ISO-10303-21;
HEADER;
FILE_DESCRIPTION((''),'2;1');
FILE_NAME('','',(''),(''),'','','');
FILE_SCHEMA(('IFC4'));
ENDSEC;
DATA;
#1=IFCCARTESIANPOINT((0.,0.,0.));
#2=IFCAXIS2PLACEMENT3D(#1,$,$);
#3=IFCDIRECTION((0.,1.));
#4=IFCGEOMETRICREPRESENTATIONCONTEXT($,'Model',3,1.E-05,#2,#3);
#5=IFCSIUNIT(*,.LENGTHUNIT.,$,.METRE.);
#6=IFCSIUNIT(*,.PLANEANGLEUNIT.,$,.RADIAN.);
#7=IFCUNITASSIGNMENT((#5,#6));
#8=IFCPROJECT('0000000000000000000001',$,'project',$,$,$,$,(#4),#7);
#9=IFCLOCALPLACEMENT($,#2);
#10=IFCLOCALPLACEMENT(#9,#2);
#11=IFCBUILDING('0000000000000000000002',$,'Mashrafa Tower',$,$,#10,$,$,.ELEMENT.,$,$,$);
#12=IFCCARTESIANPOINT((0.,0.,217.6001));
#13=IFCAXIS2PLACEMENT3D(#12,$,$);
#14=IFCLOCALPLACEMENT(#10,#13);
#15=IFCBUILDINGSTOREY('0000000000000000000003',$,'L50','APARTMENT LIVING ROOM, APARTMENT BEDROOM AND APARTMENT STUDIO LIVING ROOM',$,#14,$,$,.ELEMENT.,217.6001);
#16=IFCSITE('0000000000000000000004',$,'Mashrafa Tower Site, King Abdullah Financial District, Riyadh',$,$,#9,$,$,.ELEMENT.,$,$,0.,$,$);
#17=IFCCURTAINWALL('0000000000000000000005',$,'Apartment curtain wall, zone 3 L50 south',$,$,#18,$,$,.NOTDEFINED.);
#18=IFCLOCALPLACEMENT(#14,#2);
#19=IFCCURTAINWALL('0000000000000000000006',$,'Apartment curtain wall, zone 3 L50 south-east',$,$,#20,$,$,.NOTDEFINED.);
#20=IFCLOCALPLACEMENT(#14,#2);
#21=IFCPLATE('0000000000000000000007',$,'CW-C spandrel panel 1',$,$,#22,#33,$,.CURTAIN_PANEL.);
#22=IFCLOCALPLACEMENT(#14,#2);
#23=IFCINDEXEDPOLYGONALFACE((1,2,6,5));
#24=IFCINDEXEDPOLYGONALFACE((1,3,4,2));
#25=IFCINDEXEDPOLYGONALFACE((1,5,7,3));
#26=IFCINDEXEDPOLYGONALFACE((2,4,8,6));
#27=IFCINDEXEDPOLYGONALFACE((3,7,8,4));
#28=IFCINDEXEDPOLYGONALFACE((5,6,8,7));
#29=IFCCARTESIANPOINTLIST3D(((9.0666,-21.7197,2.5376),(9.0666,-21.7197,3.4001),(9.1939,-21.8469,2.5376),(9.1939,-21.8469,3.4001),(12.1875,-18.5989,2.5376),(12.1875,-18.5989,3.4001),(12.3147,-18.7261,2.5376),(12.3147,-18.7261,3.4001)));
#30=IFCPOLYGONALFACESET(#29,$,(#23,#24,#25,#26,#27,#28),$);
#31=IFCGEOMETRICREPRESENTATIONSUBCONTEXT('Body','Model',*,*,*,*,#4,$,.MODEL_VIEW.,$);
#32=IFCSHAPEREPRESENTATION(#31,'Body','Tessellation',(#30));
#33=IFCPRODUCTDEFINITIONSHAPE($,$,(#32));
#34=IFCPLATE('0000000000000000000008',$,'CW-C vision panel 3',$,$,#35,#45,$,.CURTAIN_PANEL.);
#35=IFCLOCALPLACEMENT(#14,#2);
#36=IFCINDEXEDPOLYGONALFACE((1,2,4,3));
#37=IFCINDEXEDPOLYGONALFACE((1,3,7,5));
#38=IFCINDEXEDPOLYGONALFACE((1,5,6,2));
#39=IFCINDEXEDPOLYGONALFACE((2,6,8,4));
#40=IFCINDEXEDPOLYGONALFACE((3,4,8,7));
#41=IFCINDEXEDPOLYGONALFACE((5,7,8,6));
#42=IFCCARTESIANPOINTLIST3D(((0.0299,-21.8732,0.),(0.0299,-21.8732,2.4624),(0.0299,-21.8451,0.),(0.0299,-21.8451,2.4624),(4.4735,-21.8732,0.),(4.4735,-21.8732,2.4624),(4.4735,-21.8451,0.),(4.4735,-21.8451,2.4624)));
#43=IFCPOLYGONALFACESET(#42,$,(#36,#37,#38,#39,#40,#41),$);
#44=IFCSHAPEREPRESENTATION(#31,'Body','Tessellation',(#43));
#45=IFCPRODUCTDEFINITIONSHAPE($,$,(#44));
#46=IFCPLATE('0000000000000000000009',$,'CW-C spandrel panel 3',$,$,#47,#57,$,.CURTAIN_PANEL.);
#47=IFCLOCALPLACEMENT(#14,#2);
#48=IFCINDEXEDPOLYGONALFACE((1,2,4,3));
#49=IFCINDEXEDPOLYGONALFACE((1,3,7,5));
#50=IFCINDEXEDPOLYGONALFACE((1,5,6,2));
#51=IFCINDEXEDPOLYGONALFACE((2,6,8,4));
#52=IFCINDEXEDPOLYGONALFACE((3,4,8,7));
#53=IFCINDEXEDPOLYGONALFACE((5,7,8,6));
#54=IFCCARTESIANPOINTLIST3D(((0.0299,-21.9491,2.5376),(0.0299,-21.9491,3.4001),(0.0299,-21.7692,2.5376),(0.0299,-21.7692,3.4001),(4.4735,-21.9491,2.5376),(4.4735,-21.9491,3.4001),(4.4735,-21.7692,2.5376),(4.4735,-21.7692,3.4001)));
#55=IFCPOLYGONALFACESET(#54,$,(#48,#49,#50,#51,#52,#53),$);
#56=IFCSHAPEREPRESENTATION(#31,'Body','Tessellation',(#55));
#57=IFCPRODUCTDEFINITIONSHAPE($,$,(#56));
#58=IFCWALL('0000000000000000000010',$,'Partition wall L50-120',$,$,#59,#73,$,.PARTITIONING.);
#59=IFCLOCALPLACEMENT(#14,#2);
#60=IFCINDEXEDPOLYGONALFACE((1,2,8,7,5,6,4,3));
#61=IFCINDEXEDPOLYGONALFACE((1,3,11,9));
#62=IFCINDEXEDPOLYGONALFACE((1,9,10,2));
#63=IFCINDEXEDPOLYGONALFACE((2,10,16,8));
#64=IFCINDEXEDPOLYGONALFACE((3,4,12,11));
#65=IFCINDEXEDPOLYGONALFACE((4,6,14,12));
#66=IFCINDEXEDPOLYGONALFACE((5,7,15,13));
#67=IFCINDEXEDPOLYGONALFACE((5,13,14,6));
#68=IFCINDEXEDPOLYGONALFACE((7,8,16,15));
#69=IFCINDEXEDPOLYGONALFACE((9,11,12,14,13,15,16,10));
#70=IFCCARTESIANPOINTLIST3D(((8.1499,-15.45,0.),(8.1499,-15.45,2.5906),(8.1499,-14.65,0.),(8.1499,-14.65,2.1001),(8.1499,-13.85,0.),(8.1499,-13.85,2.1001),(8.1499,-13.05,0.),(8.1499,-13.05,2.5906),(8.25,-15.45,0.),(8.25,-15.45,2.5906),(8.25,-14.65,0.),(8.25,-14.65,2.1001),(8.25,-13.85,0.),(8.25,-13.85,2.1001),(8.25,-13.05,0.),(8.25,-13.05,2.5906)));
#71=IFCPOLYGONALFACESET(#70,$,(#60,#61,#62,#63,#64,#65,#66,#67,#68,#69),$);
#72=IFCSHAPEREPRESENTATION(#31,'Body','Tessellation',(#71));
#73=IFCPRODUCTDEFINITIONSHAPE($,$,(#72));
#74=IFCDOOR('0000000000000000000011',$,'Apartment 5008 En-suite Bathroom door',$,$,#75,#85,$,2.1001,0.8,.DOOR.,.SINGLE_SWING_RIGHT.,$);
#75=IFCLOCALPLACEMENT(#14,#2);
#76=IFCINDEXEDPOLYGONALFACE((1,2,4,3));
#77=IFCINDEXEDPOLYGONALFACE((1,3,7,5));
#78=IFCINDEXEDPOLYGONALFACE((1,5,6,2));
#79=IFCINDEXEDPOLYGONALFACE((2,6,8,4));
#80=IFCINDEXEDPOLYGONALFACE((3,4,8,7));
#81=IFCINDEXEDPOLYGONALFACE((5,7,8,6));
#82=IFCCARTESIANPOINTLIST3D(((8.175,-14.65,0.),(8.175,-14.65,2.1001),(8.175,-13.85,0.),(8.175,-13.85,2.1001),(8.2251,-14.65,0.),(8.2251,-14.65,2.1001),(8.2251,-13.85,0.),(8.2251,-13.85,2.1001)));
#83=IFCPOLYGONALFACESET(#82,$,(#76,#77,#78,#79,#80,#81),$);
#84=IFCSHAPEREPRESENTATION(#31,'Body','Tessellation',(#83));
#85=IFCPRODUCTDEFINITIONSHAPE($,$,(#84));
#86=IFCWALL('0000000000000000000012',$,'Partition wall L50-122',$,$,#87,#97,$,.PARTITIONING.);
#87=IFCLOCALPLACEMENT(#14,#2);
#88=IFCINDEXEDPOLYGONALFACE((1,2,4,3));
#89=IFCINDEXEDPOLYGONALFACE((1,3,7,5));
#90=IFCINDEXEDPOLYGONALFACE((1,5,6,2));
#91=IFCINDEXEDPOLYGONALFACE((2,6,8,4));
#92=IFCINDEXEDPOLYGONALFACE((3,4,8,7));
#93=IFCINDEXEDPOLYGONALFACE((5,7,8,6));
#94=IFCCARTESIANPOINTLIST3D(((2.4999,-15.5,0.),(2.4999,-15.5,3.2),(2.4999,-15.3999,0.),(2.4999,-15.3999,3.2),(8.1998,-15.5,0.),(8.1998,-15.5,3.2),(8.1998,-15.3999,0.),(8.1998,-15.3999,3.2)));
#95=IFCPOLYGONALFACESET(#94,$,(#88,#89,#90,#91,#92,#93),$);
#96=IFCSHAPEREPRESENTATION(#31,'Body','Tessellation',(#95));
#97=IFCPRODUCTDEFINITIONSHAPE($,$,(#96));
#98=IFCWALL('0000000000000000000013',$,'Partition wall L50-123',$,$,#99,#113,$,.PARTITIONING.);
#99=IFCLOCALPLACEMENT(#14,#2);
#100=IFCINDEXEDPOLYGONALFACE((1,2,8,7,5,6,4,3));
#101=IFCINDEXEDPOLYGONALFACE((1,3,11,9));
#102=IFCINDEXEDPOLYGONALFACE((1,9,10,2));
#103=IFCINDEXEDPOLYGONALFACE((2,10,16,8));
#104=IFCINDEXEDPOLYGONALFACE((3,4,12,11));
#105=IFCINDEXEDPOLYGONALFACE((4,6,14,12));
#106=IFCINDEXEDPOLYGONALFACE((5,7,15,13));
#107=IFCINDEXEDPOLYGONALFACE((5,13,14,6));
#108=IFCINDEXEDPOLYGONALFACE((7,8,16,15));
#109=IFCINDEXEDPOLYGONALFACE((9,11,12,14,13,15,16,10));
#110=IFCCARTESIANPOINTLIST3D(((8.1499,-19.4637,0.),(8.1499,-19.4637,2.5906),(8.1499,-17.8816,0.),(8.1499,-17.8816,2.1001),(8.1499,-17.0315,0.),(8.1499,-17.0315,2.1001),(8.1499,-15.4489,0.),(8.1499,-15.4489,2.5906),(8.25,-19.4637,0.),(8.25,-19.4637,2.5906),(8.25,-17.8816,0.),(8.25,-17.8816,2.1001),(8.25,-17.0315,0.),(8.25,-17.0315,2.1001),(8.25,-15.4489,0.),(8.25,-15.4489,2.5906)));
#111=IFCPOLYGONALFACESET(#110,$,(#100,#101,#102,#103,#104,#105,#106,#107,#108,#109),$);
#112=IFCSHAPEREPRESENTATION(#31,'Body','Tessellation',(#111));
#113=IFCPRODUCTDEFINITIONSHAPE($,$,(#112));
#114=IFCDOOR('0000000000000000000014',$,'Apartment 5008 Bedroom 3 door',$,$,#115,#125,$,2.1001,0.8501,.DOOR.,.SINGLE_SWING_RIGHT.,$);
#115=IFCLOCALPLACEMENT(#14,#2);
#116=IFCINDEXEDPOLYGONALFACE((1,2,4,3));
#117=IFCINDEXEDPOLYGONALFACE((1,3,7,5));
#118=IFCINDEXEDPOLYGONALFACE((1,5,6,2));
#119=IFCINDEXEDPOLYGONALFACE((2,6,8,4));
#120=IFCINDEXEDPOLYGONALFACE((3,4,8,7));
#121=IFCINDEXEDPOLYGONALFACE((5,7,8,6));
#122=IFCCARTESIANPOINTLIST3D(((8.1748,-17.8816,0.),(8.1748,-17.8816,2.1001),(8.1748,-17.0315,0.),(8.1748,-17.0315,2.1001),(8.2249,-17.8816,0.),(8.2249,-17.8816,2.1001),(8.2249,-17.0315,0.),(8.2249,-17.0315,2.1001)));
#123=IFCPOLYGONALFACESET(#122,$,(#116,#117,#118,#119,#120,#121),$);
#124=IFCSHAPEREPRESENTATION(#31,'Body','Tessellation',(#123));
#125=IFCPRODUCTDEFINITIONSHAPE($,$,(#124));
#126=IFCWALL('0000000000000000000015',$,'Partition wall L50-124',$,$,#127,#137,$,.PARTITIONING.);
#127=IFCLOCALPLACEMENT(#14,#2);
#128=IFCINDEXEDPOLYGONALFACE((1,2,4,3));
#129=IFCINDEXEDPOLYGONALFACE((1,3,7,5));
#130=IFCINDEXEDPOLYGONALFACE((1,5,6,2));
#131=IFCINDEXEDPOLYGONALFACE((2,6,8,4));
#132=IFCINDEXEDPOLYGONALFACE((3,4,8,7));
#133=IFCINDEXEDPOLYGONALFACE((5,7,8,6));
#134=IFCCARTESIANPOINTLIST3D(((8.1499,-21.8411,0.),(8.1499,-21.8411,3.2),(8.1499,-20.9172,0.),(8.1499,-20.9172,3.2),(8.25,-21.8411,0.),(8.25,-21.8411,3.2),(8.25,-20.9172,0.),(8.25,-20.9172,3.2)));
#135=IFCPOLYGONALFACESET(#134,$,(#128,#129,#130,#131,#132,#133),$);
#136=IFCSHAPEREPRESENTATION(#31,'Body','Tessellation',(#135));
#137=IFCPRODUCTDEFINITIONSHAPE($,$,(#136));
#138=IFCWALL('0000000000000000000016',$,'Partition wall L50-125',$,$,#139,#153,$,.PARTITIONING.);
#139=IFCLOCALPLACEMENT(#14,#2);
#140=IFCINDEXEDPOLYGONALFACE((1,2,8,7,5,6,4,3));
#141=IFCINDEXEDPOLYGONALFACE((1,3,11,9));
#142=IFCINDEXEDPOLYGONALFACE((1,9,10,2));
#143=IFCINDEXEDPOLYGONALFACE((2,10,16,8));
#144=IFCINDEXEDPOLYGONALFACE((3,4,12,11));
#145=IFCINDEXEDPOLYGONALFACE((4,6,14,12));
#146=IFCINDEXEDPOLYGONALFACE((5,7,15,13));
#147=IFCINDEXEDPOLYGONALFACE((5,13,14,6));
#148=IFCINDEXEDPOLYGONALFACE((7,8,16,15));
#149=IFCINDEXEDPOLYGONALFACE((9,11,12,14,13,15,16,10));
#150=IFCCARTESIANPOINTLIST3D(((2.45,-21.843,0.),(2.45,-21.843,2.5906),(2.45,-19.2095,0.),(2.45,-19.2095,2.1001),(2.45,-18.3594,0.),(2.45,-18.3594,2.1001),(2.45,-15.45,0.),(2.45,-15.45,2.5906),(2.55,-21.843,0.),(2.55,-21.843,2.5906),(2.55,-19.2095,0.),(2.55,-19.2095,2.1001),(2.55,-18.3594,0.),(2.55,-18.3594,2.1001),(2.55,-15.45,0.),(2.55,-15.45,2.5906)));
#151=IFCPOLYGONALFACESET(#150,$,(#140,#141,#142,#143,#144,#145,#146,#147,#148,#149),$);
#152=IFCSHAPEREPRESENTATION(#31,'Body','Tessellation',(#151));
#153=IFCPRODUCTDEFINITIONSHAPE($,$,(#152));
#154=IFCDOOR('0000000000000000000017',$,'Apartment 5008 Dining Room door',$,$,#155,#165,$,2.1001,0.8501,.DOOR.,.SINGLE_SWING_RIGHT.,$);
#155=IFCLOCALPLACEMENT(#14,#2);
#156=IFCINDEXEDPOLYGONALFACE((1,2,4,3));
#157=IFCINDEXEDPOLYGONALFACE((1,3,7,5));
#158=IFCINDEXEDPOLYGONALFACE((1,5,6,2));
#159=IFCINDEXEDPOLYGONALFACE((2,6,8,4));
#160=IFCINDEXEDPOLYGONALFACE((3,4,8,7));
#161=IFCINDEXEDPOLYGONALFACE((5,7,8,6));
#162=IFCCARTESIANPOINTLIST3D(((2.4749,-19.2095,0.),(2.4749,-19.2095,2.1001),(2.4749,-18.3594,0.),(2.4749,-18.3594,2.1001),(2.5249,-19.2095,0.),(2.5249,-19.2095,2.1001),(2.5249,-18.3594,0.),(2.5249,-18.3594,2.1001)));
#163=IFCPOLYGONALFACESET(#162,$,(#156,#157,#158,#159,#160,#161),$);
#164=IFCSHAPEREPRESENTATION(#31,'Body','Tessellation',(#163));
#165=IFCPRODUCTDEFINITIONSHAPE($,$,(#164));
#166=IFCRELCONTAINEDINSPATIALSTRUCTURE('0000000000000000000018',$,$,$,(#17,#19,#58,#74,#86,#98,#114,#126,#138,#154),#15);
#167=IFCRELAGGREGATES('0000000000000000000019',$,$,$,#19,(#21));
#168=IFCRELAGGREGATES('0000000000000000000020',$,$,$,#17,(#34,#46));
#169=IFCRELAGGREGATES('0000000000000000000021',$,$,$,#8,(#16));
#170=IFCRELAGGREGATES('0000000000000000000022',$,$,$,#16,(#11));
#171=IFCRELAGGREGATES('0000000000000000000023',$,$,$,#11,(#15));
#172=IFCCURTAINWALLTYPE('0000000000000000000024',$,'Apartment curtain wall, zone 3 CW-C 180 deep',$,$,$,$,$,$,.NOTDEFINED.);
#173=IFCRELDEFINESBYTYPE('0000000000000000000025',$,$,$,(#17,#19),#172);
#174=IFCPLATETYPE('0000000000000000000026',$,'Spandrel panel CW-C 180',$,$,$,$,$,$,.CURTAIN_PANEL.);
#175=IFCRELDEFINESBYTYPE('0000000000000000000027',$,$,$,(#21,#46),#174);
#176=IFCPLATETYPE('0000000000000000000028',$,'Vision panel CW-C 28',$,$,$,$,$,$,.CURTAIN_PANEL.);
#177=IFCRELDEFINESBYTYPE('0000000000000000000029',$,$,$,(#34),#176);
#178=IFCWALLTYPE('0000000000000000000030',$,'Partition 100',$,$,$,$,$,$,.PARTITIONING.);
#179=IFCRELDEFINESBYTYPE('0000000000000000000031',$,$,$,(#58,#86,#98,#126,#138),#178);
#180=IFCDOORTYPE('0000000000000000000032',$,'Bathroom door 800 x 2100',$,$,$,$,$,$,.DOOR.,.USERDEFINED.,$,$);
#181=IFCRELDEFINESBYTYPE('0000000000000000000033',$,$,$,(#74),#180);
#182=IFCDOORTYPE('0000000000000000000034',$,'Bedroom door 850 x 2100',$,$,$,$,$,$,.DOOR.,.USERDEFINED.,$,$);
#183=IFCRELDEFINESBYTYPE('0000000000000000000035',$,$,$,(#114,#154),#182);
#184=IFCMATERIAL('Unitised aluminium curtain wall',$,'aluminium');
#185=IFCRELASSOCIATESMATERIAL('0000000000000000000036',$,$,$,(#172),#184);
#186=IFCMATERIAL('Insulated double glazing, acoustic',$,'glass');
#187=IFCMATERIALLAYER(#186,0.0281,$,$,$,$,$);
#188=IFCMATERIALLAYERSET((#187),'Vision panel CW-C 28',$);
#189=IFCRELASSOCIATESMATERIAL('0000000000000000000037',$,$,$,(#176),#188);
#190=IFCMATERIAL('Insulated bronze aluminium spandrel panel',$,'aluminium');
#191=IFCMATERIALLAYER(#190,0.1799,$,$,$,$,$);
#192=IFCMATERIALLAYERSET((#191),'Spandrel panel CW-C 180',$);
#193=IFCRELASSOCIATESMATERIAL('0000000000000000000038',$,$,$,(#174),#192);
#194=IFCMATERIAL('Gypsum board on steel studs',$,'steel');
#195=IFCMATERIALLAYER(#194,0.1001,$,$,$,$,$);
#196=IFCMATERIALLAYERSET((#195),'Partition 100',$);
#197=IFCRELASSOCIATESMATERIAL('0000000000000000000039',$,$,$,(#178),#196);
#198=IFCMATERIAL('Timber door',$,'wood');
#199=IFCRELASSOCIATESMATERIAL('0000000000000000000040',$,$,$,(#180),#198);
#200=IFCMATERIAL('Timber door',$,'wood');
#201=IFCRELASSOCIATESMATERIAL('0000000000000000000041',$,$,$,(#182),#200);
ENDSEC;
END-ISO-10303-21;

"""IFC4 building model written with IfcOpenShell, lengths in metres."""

from ifc_helpers import new_model, si_unit, direction, frame, frame_2d, origin, origin_2d, place, context, subcontext, project, spatial, rectangle, extrude, source, transform, mapped, material, layer, layer_set, type_object, type_shapes, element, fill, aggregate, save


model = new_model("IFC4")

# Units and contexts
model_context = context("Model", 3, precision=1e-05, world=origin(), true_north=direction((0.0, 1.0)))
body_context = subcontext(model_context, "Body", "Model", "MODEL_VIEW")
ifc_project = project(units=[si_unit("LENGTHUNIT", "METRE"), si_unit("PLANEANGLEUNIT", "RADIAN")], contexts=[model_context])

# Site, building, storey
site_placement = place(None, origin())
site = spatial("IfcSite", under=ifc_project, at=site_placement, Name="Mashrafa Tower Site, King Abdullah Financial District, Riyadh", CompositionType="ELEMENT", RefElevation=0.0)
building_placement = place(site_placement, origin())
building = spatial("IfcBuilding", under=site, at=building_placement, Name="Mashrafa Tower", CompositionType="ELEMENT")
storey_placement = place(building_placement, frame((0.0, 0.0, 217.6001)))
storey = spatial("IfcBuildingStorey", under=building, at=storey_placement, Name="L50", Description="APARTMENT LIVING ROOM, APARTMENT BEDROOM AND APARTMENT STUDIO LIVING ROOM", CompositionType="ELEMENT", Elevation=217.6001)

# Curtain wall
ifc_material_1 = material(Name="Unitised aluminium curtain wall", Category="aluminium")
curtain_wall_type = type_object("IfcCurtainWallType", Name="Apartment curtain wall, zone 3 CW-C 180 deep", PredefinedType="NOTDEFINED", material=ifc_material_1)
curtain_wall_1_placement = place(storey_placement, origin())
curtain_wall_1 = element("IfcCurtainWall", 1, at=curtain_wall_1_placement, inside=storey, type_object=curtain_wall_type, Name="Apartment curtain wall, zone 3 L50 south", PredefinedType="NOTDEFINED")

# Curtain wall
curtain_wall_2_placement = place(storey_placement, origin())
curtain_wall_2 = element("IfcCurtainWall", 2, at=curtain_wall_2_placement, inside=storey, type_object=curtain_wall_type, Name="Apartment curtain wall, zone 3 L50 south-east", PredefinedType="NOTDEFINED")

# Plates
ifc_material_2 = material(Name="Insulated double glazing, acoustic", Category="glass")
ifc_layer_1 = layer(ifc_material_2, 0.0281)
ifc_layer_set_1 = layer_set([ifc_layer_1], Name="Vision panel CW-C 28")
plate_type_1 = type_object("IfcPlateType", Name="Vision panel CW-C 28", PredefinedType="CURTAIN_PANEL", material=ifc_layer_set_1)
ifc_material_3 = material(Name="Insulated bronze aluminium spandrel panel", Category="aluminium")
ifc_layer_2 = layer(ifc_material_3, 0.1799)
ifc_layer_set_2 = layer_set([ifc_layer_2], Name="Spandrel panel CW-C 180")
plate_type_2 = type_object("IfcPlateType", Name="Spandrel panel CW-C 180", PredefinedType="CURTAIN_PANEL", material=ifc_layer_set_2)
shared_shape_1 = source(origin(), body_context, "Body", "SweptSolid", [
    extrude(rectangle(XDim=4.4136, YDim=0.1799, at=origin_2d()), origin(), (0.0, 0.0, 1.0), 0.8625),
])
plate_1_placement = place(storey_placement, frame((10.6907, -20.2229, 2.5376), z_axis=(0.0, 0.0, 1.0), x_axis=(0.707107, 0.707107, 0.0)))
plate_1 = element("IfcPlate", 3, at=plate_1_placement, type_object=plate_type_2, Name="CW-C spandrel panel 1", PredefinedType="CURTAIN_PANEL", context=body_context, shape_type="MappedRepresentation", body=[
    mapped(shared_shape_1, transform((0.0, 0.0, 0.0))),
])
aggregate(curtain_wall_2, [plate_1])
shared_shape_2 = source(origin(), body_context, "Body", "SweptSolid", [
    extrude(rectangle(XDim=4.4436, YDim=0.0281, at=origin_2d()), origin(), (0.0, 0.0, 1.0), 2.4624),
])
plate_2_placement = place(storey_placement, frame((2.2517, -21.8591, 0.0), z_axis=(0.0, 0.0, 1.0), x_axis=(1.0, 0.0, 0.0)))
plate_2 = element("IfcPlate", 4, at=plate_2_placement, type_object=plate_type_1, Name="CW-C vision panel 3", PredefinedType="CURTAIN_PANEL", context=body_context, shape_type="MappedRepresentation", body=[
    mapped(shared_shape_2, transform((0.0, 0.0, 0.0))),
])
shared_shape_3 = source(origin(), body_context, "Body", "SweptSolid", [
    extrude(rectangle(XDim=4.4436, YDim=0.1799, at=origin_2d()), origin(), (0.0, 0.0, 1.0), 0.8625),
])
type_shapes(plate_type_2, [shared_shape_1, shared_shape_3])
plate_3_placement = place(storey_placement, frame((2.2517, -21.8591, 2.5376), z_axis=(0.0, 0.0, 1.0), x_axis=(1.0, 0.0, 0.0)))
plate_3 = element("IfcPlate", 5, at=plate_3_placement, type_object=plate_type_2, Name="CW-C spandrel panel 3", PredefinedType="CURTAIN_PANEL", context=body_context, shape_type="MappedRepresentation", body=[
    mapped(shared_shape_3, transform((0.0, 0.0, 0.0))),
])
aggregate(curtain_wall_1, [plate_2, plate_3])

# Wall, opening, door
ifc_material_4 = material(Name="Gypsum board on steel studs", Category="steel")
ifc_layer_3 = layer(ifc_material_4, 0.1001)
ifc_layer_set_3 = layer_set([ifc_layer_3], Name="Partition 100")
wall_type = type_object("IfcWallType", Name="Partition 100", PredefinedType="PARTITIONING", material=ifc_layer_set_3)
wall_1_placement = place(storey_placement, frame((8.2, -15.45, 0.0), z_axis=(0.0, 0.0, 1.0), x_axis=(0.0, 1.0, 0.0)))
wall_1 = element("IfcWall", 6, at=wall_1_placement, inside=storey, type_object=wall_type, Name="Partition wall L50-120", PredefinedType="PARTITIONING", context=body_context, shape_type="SweptSolid", body=[
    extrude(rectangle(XDim=2.3999, YDim=0.1001, at=frame_2d((1.2, 0.0))), origin(), (0.0, 0.0, 1.0), 2.5906),
])
opening_1_placement = place(wall_1_placement, frame((0.8, 0.0, 0.0)))
opening_1 = element("IfcOpeningElement", 7, at=opening_1_placement, cuts=wall_1, PredefinedType="OPENING", context=body_context, shape_type="SweptSolid", body=[
    extrude(rectangle(XDim=0.8, YDim=2.1001, at=frame_2d((0.3999, 1.05))), frame((0.0, 0.0601, 0.0), z_axis=(0.0, -1.0, 0.0), x_axis=(1.0, 0.0, 0.0)), (0.0, 0.0, 1.0), 0.1201),
])
ifc_material_5 = material(Name="Timber door", Category="wood")
door_type_1 = type_object("IfcDoorType", Name="Bathroom door 800 x 2100", OperationType="USERDEFINED", PredefinedType="DOOR", material=ifc_material_5)
door_1_placement = place(opening_1_placement, origin())
door_1 = element("IfcDoor", 8, at=door_1_placement, inside=storey, type_object=door_type_1, Name="Apartment 5008 En-suite Bathroom door", OperationType="SINGLE_SWING_RIGHT", OverallHeight=2.1001, OverallWidth=0.8, PredefinedType="DOOR", context=body_context, shape_type="SweptSolid", body=[
    extrude(rectangle(XDim=0.8, YDim=2.1001, at=frame_2d((0.3999, 1.05))), frame((0.0, 0.0249, 0.0), z_axis=(0.0, -1.0, 0.0), x_axis=(1.0, 0.0, 0.0)), (0.0, 0.0, 1.0), 0.05),
])
fill(opening_1, door_1)

# Wall
wall_2_placement = place(storey_placement, frame((8.2, -15.45, 0.0), z_axis=(0.0, 0.0, 1.0), x_axis=(-1.0, 0.0, 0.0)))
element("IfcWall", 9, at=wall_2_placement, inside=storey, type_object=wall_type, Name="Partition wall L50-122", PredefinedType="PARTITIONING", context=body_context, shape_type="SweptSolid", body=[
    extrude(rectangle(XDim=5.7, YDim=0.1001, at=frame_2d((2.8501, 0.0))), origin(), (0.0, 0.0, 1.0), 3.2),
])

# Wall, opening, door
wall_3_placement = place(storey_placement, frame((8.2, -15.449, 0.0), z_axis=(0.0, 0.0, 1.0), x_axis=(0.0, -1.0, 0.0)))
wall_3 = element("IfcWall", 10, at=wall_3_placement, inside=storey, type_object=wall_type, Name="Partition wall L50-123", PredefinedType="PARTITIONING", context=body_context, shape_type="SweptSolid", body=[
    extrude(rectangle(XDim=4.0149, YDim=0.1001, at=frame_2d((2.0073, 0.0))), origin(), (0.0, 0.0, 1.0), 2.5906),
])
opening_2_placement = place(wall_3_placement, frame((1.5825, 0.0, 0.0)))
opening_2 = element("IfcOpeningElement", 11, at=opening_2_placement, cuts=wall_3, PredefinedType="OPENING", context=body_context, shape_type="SweptSolid", body=[
    extrude(rectangle(XDim=0.8501, YDim=2.1001, at=frame_2d((0.425, 1.05))), frame((0.0, 0.0601, 0.0), z_axis=(0.0, -1.0, 0.0), x_axis=(1.0, 0.0, 0.0)), (0.0, 0.0, 1.0), 0.1201),
])
ifc_material_6 = material(Name="Timber door", Category="wood")
door_type_2 = type_object("IfcDoorType", Name="Bedroom door 850 x 2100", OperationType="USERDEFINED", PredefinedType="DOOR", material=ifc_material_6)
door_2_placement = place(opening_2_placement, origin())
door_2 = element("IfcDoor", 12, at=door_2_placement, inside=storey, type_object=door_type_2, Name="Apartment 5008 Bedroom 3 door", OperationType="SINGLE_SWING_RIGHT", OverallHeight=2.1001, OverallWidth=0.8501, PredefinedType="DOOR", context=body_context, shape_type="SweptSolid", body=[
    extrude(rectangle(XDim=0.8501, YDim=2.1001, at=frame_2d((0.425, 1.05))), frame((0.0, 0.0249, 0.0), z_axis=(0.0, -1.0, 0.0), x_axis=(1.0, 0.0, 0.0)), (0.0, 0.0, 1.0), 0.05),
])
fill(opening_2, door_2)

# Wall
wall_4_placement = place(storey_placement, frame((8.2, -20.9172, 0.0), z_axis=(0.0, 0.0, 1.0), x_axis=(0.0, -1.0, 0.0)))
element("IfcWall", 13, at=wall_4_placement, inside=storey, type_object=wall_type, Name="Partition wall L50-124", PredefinedType="PARTITIONING", context=body_context, shape_type="SweptSolid", body=[
    extrude(rectangle(XDim=0.9238, YDim=0.1001, at=frame_2d((0.4619, 0.0))), origin(), (0.0, 0.0, 1.0), 3.2),
])

# Wall, opening, door
wall_5_placement = place(storey_placement, frame((2.5, -21.843, 0.0), z_axis=(0.0, 0.0, 1.0), x_axis=(0.0, 1.0, 0.0)))
wall_5 = element("IfcWall", 14, at=wall_5_placement, inside=storey, type_object=wall_type, Name="Partition wall L50-125", PredefinedType="PARTITIONING", context=body_context, shape_type="SweptSolid", body=[
    extrude(rectangle(XDim=6.3931, YDim=0.1001, at=frame_2d((3.1965, 0.0))), origin(), (0.0, 0.0, 1.0), 2.5906),
])
opening_3_placement = place(wall_5_placement, frame((2.6335, 0.0, 0.0)))
opening_3 = element("IfcOpeningElement", 15, at=opening_3_placement, cuts=wall_5, PredefinedType="OPENING", context=body_context, shape_type="SweptSolid", body=[
    extrude(rectangle(XDim=0.8501, YDim=2.1001, at=frame_2d((0.425, 1.05))), frame((0.0, 0.0601, 0.0), z_axis=(0.0, -1.0, 0.0), x_axis=(1.0, 0.0, 0.0)), (0.0, 0.0, 1.0), 0.1201),
])
door_3_placement = place(opening_3_placement, frame((0.8501, 0.0, 0.0), z_axis=(0.0, 0.0, 1.0), x_axis=(-1.0, 0.0, 0.0)))
door_3 = element("IfcDoor", 16, at=door_3_placement, inside=storey, type_object=door_type_2, Name="Apartment 5008 Dining Room door", OperationType="SINGLE_SWING_RIGHT", OverallHeight=2.1001, OverallWidth=0.8501, PredefinedType="DOOR", context=body_context, shape_type="SweptSolid", body=[
    extrude(rectangle(XDim=0.8501, YDim=2.1001, at=frame_2d((0.425, 1.05))), frame((0.0, 0.0249, 0.0), z_axis=(0.0, -1.0, 0.0), x_axis=(1.0, 0.0, 0.0)), (0.0, 0.0, 1.0), 0.05),
])
fill(opening_3, door_3)

save(model, "model.ifc")
